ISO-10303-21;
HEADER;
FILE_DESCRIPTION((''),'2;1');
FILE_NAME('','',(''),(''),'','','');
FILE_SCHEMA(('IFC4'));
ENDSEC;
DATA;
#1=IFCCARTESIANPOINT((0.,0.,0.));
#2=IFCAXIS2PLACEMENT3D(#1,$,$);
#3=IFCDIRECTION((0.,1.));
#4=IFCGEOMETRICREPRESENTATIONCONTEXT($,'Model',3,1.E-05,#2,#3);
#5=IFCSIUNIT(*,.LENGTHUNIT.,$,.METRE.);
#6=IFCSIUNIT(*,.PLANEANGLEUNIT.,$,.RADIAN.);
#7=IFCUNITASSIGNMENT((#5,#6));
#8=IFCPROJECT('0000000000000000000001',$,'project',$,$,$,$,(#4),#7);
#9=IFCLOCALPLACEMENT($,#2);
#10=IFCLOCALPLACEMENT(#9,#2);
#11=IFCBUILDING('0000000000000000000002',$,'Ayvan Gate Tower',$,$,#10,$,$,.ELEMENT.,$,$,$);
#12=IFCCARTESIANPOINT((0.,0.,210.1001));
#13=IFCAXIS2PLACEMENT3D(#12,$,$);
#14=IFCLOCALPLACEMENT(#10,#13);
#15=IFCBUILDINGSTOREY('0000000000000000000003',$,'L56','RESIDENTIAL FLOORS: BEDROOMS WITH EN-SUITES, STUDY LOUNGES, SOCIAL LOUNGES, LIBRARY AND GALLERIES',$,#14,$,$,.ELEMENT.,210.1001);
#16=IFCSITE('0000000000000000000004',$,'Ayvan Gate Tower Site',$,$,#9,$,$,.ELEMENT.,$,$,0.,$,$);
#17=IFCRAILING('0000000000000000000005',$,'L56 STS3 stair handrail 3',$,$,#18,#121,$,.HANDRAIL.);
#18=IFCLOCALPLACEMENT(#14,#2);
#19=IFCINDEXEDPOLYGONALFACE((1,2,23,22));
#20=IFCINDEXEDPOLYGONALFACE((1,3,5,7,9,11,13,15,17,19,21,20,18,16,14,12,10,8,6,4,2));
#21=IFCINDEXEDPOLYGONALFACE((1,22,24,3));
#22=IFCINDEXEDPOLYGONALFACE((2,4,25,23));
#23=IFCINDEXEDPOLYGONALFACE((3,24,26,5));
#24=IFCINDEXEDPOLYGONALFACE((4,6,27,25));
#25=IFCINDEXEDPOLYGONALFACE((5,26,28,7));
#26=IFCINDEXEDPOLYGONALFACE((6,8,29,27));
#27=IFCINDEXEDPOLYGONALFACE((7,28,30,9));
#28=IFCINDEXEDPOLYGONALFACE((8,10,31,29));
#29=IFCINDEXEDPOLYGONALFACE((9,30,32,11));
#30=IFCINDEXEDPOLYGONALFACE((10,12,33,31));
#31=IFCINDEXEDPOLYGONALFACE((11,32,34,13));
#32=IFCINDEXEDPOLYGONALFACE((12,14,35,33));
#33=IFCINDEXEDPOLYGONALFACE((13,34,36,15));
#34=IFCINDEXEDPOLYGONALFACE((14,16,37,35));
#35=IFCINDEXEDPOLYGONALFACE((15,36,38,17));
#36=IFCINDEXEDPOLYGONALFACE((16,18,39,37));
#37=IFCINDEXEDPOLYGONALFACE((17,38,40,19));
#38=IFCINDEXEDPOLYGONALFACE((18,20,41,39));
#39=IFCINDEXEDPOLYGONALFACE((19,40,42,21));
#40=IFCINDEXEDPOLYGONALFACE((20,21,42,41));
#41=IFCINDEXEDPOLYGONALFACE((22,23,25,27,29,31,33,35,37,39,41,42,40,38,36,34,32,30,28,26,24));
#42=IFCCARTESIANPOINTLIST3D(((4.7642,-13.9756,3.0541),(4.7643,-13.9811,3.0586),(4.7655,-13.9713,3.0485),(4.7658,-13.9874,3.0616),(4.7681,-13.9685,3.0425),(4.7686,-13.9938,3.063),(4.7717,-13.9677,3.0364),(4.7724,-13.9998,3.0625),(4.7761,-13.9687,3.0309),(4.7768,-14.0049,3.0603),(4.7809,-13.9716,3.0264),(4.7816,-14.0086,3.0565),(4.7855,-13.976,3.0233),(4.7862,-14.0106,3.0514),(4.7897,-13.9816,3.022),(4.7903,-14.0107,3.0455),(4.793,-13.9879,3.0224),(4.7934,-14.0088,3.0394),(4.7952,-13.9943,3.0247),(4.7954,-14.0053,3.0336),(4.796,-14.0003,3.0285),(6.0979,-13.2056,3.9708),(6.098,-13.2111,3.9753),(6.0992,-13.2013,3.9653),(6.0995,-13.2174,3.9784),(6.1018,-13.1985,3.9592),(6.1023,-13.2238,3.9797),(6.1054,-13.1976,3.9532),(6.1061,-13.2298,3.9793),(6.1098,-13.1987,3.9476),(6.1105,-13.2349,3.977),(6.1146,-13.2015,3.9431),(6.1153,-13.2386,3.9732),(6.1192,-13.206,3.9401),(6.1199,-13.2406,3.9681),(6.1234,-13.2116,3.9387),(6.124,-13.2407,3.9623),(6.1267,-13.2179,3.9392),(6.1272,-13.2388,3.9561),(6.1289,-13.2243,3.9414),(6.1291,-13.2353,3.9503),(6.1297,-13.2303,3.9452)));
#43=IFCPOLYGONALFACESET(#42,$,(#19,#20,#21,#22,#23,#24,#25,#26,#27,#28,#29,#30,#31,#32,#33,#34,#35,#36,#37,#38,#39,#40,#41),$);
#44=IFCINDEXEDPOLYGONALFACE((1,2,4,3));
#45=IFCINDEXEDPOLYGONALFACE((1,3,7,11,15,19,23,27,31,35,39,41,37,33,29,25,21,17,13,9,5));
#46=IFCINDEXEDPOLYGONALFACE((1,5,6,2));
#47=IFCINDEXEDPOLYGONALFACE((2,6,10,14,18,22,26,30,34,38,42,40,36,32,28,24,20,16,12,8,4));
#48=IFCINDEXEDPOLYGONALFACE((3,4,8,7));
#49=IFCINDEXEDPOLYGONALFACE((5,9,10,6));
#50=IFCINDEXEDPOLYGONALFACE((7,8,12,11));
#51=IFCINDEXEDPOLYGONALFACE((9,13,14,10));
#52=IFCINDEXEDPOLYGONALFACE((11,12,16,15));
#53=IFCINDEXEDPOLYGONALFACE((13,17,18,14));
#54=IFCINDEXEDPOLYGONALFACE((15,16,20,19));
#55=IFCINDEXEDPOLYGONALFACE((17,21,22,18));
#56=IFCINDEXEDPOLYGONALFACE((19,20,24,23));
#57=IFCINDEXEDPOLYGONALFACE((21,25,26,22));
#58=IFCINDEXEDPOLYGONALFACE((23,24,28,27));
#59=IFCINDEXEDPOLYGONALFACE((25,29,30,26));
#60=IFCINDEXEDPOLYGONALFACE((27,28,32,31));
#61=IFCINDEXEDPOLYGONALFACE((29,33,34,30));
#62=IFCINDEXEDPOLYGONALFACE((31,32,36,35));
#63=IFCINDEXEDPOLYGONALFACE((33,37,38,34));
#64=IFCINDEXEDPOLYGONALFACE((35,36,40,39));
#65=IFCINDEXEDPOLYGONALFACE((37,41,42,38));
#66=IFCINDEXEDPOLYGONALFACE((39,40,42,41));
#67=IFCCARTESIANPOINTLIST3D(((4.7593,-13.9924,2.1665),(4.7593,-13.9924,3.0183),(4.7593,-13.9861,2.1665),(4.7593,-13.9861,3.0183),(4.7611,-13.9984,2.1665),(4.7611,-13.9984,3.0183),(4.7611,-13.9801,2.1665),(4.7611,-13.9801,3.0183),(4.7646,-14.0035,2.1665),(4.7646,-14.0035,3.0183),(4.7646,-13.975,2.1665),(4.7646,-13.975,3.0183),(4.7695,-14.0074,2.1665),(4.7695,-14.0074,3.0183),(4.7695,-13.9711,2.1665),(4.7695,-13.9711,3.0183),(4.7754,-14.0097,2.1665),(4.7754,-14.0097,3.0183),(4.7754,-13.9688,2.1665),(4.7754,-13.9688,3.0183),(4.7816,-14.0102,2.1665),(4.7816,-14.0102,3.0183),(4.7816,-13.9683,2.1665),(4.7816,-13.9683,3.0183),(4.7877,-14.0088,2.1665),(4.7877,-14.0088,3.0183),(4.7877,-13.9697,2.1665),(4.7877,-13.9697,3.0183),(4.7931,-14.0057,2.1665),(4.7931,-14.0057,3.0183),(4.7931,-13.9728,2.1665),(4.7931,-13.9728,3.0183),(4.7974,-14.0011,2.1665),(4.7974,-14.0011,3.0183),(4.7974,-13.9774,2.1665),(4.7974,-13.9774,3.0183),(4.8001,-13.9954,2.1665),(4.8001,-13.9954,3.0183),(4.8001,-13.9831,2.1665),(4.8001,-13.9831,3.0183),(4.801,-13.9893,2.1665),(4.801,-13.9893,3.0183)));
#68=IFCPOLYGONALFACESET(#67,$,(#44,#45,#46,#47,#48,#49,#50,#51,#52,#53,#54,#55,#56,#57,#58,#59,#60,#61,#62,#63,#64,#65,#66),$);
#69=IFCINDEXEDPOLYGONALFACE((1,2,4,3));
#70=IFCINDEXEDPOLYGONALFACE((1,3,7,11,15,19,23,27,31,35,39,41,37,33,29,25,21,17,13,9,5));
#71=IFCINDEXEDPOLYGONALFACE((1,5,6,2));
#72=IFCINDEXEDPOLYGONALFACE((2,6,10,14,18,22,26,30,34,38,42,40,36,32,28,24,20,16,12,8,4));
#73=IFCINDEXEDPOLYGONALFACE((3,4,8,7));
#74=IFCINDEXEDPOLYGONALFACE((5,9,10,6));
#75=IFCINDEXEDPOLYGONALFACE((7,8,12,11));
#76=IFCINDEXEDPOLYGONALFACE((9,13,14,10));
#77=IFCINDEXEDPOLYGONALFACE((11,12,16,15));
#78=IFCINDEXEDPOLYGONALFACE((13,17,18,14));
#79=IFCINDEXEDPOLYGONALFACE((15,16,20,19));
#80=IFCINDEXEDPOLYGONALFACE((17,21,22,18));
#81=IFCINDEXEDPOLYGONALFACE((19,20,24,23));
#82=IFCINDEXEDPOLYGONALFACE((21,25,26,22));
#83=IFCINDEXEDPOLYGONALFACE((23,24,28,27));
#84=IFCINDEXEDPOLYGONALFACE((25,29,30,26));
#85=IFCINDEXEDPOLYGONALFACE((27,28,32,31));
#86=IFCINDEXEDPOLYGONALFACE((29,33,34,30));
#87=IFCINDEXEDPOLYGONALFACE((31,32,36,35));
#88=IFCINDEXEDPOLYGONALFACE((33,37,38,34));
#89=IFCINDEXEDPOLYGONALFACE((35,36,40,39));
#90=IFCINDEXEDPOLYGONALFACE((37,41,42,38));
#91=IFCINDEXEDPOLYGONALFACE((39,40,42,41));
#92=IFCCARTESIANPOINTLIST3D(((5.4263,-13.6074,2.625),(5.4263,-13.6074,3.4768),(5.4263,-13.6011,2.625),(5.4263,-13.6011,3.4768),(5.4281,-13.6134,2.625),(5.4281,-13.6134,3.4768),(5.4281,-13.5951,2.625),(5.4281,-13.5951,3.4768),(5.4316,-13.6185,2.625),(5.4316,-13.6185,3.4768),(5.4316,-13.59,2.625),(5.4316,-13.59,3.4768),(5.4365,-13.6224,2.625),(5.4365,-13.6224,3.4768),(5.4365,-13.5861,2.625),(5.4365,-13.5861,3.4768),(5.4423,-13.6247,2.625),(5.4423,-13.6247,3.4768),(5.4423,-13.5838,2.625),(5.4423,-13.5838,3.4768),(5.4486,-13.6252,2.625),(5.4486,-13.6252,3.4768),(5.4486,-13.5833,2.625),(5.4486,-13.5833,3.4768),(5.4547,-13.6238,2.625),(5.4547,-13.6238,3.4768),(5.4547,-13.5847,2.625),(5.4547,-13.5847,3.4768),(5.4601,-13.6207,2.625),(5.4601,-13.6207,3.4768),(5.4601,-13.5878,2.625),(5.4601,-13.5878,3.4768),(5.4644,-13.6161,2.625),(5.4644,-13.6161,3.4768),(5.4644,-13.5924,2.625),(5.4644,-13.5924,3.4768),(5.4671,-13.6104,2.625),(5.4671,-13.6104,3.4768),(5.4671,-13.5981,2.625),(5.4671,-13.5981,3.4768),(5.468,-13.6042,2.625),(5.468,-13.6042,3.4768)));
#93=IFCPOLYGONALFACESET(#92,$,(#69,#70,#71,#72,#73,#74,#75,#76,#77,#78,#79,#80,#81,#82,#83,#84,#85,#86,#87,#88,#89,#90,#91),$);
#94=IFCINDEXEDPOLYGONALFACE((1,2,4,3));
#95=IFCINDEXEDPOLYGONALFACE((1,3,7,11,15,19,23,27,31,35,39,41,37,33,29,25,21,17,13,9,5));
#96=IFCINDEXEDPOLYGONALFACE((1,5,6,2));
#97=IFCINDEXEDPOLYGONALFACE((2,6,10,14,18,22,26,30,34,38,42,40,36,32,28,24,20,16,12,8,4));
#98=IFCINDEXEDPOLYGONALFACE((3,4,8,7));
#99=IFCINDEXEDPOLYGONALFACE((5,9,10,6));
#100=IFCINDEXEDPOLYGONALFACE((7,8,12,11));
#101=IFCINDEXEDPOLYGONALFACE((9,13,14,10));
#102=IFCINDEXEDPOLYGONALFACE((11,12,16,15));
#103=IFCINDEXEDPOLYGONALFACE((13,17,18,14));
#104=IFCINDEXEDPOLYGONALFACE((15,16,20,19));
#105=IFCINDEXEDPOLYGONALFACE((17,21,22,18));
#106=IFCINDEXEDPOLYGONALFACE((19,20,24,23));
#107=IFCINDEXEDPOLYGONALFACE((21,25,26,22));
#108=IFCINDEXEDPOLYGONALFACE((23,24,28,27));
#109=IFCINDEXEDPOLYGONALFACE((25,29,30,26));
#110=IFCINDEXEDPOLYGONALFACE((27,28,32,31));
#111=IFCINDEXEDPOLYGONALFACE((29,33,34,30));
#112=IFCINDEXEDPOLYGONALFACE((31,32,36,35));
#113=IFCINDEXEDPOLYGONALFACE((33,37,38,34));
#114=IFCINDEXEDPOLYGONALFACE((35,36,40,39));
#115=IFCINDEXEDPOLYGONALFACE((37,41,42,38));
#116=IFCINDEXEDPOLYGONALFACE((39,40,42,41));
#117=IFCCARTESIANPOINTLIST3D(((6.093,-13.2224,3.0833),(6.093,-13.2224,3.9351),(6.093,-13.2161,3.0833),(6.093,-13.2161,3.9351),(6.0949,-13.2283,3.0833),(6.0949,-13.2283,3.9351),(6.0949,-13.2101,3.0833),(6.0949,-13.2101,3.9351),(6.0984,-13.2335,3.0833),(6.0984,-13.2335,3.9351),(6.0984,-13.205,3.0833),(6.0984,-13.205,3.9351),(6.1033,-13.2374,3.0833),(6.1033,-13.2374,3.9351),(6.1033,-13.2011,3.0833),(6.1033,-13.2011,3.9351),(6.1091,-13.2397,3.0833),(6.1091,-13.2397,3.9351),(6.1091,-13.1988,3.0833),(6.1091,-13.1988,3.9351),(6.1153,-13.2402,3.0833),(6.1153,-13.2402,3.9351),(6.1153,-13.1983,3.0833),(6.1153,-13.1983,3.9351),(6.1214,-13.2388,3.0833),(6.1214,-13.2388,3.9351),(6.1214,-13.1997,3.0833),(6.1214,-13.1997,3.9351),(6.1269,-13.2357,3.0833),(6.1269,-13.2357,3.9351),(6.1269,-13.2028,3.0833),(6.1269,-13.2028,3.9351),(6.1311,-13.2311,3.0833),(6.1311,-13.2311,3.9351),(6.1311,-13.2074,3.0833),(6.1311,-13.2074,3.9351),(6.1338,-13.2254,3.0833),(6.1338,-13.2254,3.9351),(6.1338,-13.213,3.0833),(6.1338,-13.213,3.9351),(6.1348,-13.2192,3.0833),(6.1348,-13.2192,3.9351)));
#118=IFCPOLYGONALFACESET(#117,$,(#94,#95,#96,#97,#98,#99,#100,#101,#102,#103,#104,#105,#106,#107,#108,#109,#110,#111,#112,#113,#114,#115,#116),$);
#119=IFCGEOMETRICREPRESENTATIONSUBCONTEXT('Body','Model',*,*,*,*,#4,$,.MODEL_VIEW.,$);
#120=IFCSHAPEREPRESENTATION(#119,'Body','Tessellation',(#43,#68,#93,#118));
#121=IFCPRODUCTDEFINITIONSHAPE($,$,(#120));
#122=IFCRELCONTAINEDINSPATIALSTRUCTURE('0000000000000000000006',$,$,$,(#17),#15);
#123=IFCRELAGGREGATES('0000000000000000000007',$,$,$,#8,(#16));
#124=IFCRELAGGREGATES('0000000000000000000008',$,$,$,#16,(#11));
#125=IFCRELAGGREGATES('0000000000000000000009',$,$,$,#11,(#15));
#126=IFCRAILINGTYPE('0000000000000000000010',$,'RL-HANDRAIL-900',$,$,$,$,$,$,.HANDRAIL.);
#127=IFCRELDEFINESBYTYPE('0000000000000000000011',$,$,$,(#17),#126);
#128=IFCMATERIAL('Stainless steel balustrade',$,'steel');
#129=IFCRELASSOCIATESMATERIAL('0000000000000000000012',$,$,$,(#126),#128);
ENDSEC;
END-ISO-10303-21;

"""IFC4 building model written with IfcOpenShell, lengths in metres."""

from ifc_helpers import new_model, si_unit, direction, frame, origin, origin_2d, place, context, subcontext, project, spatial, circle, extrude, material, type_object, element, save


model = new_model("IFC4")

# Units and contexts
model_context = context("Model", 3, precision=1e-05, world=origin(), true_north=direction((0.0, 1.0)))
body_context = subcontext(model_context, "Body", "Model", "MODEL_VIEW")
ifc_project = project(units=[si_unit("LENGTHUNIT", "METRE"), si_unit("PLANEANGLEUNIT", "RADIAN")], contexts=[model_context])

# Site, building, storey
site_placement = place(None, origin())
site = spatial("IfcSite", under=ifc_project, at=site_placement, Name="Ayvan Gate Tower Site", CompositionType="ELEMENT", RefElevation=0.0)
building_placement = place(site_placement, origin())
building = spatial("IfcBuilding", under=site, at=building_placement, Name="Ayvan Gate Tower", CompositionType="ELEMENT")
storey_placement = place(building_placement, frame((0.0, 0.0, 210.1001)))
storey = spatial("IfcBuildingStorey", under=building, at=storey_placement, Name="L56", Description="RESIDENTIAL FLOORS: BEDROOMS WITH EN-SUITES, STUDY LOUNGES, SOCIAL LOUNGES, LIBRARY AND GALLERIES", CompositionType="ELEMENT", Elevation=210.1001)

# Railing
ifc_material_1 = material(Name="Stainless steel balustrade", Category="steel")
railing_type_1 = type_object("IfcRailingType", Name="RL-HANDRAIL-900", PredefinedType="HANDRAIL", material=ifc_material_1)
railing_1_placement = place(storey_placement, frame((4.78, -13.9893, 2.1665)))
element("IfcRailing", 1, at=railing_1_placement, inside=storey, type_object=railing_type_1, Name="L56 STS3 stair handrail 3", PredefinedType="HANDRAIL", context=body_context, shape_type="SweptSolid", body=[
    extrude(circle(Radius=0.0239, at=origin_2d()), frame((0.0, 0.0, 0.876), z_axis=(0.744164, 0.429634, 0.511502), x_axis=(-0.499992, 0.86603, 0.0)), (0.0, 0.0, 1.0), 1.7922),
    extrude(circle(Radius=0.021, at=origin_2d()), origin(), (0.0, 0.0, 1.0), 0.8518),
    extrude(circle(Radius=0.021, at=origin_2d()), frame((0.667, 0.385, 0.4585)), (0.0, 0.0, 1.0), 0.8518),
    extrude(circle(Radius=0.021, at=origin_2d()), frame((1.3337, 0.77, 0.9167)), (0.0, 0.0, 1.0), 0.8518),
])

save(model, "model.ifc")
